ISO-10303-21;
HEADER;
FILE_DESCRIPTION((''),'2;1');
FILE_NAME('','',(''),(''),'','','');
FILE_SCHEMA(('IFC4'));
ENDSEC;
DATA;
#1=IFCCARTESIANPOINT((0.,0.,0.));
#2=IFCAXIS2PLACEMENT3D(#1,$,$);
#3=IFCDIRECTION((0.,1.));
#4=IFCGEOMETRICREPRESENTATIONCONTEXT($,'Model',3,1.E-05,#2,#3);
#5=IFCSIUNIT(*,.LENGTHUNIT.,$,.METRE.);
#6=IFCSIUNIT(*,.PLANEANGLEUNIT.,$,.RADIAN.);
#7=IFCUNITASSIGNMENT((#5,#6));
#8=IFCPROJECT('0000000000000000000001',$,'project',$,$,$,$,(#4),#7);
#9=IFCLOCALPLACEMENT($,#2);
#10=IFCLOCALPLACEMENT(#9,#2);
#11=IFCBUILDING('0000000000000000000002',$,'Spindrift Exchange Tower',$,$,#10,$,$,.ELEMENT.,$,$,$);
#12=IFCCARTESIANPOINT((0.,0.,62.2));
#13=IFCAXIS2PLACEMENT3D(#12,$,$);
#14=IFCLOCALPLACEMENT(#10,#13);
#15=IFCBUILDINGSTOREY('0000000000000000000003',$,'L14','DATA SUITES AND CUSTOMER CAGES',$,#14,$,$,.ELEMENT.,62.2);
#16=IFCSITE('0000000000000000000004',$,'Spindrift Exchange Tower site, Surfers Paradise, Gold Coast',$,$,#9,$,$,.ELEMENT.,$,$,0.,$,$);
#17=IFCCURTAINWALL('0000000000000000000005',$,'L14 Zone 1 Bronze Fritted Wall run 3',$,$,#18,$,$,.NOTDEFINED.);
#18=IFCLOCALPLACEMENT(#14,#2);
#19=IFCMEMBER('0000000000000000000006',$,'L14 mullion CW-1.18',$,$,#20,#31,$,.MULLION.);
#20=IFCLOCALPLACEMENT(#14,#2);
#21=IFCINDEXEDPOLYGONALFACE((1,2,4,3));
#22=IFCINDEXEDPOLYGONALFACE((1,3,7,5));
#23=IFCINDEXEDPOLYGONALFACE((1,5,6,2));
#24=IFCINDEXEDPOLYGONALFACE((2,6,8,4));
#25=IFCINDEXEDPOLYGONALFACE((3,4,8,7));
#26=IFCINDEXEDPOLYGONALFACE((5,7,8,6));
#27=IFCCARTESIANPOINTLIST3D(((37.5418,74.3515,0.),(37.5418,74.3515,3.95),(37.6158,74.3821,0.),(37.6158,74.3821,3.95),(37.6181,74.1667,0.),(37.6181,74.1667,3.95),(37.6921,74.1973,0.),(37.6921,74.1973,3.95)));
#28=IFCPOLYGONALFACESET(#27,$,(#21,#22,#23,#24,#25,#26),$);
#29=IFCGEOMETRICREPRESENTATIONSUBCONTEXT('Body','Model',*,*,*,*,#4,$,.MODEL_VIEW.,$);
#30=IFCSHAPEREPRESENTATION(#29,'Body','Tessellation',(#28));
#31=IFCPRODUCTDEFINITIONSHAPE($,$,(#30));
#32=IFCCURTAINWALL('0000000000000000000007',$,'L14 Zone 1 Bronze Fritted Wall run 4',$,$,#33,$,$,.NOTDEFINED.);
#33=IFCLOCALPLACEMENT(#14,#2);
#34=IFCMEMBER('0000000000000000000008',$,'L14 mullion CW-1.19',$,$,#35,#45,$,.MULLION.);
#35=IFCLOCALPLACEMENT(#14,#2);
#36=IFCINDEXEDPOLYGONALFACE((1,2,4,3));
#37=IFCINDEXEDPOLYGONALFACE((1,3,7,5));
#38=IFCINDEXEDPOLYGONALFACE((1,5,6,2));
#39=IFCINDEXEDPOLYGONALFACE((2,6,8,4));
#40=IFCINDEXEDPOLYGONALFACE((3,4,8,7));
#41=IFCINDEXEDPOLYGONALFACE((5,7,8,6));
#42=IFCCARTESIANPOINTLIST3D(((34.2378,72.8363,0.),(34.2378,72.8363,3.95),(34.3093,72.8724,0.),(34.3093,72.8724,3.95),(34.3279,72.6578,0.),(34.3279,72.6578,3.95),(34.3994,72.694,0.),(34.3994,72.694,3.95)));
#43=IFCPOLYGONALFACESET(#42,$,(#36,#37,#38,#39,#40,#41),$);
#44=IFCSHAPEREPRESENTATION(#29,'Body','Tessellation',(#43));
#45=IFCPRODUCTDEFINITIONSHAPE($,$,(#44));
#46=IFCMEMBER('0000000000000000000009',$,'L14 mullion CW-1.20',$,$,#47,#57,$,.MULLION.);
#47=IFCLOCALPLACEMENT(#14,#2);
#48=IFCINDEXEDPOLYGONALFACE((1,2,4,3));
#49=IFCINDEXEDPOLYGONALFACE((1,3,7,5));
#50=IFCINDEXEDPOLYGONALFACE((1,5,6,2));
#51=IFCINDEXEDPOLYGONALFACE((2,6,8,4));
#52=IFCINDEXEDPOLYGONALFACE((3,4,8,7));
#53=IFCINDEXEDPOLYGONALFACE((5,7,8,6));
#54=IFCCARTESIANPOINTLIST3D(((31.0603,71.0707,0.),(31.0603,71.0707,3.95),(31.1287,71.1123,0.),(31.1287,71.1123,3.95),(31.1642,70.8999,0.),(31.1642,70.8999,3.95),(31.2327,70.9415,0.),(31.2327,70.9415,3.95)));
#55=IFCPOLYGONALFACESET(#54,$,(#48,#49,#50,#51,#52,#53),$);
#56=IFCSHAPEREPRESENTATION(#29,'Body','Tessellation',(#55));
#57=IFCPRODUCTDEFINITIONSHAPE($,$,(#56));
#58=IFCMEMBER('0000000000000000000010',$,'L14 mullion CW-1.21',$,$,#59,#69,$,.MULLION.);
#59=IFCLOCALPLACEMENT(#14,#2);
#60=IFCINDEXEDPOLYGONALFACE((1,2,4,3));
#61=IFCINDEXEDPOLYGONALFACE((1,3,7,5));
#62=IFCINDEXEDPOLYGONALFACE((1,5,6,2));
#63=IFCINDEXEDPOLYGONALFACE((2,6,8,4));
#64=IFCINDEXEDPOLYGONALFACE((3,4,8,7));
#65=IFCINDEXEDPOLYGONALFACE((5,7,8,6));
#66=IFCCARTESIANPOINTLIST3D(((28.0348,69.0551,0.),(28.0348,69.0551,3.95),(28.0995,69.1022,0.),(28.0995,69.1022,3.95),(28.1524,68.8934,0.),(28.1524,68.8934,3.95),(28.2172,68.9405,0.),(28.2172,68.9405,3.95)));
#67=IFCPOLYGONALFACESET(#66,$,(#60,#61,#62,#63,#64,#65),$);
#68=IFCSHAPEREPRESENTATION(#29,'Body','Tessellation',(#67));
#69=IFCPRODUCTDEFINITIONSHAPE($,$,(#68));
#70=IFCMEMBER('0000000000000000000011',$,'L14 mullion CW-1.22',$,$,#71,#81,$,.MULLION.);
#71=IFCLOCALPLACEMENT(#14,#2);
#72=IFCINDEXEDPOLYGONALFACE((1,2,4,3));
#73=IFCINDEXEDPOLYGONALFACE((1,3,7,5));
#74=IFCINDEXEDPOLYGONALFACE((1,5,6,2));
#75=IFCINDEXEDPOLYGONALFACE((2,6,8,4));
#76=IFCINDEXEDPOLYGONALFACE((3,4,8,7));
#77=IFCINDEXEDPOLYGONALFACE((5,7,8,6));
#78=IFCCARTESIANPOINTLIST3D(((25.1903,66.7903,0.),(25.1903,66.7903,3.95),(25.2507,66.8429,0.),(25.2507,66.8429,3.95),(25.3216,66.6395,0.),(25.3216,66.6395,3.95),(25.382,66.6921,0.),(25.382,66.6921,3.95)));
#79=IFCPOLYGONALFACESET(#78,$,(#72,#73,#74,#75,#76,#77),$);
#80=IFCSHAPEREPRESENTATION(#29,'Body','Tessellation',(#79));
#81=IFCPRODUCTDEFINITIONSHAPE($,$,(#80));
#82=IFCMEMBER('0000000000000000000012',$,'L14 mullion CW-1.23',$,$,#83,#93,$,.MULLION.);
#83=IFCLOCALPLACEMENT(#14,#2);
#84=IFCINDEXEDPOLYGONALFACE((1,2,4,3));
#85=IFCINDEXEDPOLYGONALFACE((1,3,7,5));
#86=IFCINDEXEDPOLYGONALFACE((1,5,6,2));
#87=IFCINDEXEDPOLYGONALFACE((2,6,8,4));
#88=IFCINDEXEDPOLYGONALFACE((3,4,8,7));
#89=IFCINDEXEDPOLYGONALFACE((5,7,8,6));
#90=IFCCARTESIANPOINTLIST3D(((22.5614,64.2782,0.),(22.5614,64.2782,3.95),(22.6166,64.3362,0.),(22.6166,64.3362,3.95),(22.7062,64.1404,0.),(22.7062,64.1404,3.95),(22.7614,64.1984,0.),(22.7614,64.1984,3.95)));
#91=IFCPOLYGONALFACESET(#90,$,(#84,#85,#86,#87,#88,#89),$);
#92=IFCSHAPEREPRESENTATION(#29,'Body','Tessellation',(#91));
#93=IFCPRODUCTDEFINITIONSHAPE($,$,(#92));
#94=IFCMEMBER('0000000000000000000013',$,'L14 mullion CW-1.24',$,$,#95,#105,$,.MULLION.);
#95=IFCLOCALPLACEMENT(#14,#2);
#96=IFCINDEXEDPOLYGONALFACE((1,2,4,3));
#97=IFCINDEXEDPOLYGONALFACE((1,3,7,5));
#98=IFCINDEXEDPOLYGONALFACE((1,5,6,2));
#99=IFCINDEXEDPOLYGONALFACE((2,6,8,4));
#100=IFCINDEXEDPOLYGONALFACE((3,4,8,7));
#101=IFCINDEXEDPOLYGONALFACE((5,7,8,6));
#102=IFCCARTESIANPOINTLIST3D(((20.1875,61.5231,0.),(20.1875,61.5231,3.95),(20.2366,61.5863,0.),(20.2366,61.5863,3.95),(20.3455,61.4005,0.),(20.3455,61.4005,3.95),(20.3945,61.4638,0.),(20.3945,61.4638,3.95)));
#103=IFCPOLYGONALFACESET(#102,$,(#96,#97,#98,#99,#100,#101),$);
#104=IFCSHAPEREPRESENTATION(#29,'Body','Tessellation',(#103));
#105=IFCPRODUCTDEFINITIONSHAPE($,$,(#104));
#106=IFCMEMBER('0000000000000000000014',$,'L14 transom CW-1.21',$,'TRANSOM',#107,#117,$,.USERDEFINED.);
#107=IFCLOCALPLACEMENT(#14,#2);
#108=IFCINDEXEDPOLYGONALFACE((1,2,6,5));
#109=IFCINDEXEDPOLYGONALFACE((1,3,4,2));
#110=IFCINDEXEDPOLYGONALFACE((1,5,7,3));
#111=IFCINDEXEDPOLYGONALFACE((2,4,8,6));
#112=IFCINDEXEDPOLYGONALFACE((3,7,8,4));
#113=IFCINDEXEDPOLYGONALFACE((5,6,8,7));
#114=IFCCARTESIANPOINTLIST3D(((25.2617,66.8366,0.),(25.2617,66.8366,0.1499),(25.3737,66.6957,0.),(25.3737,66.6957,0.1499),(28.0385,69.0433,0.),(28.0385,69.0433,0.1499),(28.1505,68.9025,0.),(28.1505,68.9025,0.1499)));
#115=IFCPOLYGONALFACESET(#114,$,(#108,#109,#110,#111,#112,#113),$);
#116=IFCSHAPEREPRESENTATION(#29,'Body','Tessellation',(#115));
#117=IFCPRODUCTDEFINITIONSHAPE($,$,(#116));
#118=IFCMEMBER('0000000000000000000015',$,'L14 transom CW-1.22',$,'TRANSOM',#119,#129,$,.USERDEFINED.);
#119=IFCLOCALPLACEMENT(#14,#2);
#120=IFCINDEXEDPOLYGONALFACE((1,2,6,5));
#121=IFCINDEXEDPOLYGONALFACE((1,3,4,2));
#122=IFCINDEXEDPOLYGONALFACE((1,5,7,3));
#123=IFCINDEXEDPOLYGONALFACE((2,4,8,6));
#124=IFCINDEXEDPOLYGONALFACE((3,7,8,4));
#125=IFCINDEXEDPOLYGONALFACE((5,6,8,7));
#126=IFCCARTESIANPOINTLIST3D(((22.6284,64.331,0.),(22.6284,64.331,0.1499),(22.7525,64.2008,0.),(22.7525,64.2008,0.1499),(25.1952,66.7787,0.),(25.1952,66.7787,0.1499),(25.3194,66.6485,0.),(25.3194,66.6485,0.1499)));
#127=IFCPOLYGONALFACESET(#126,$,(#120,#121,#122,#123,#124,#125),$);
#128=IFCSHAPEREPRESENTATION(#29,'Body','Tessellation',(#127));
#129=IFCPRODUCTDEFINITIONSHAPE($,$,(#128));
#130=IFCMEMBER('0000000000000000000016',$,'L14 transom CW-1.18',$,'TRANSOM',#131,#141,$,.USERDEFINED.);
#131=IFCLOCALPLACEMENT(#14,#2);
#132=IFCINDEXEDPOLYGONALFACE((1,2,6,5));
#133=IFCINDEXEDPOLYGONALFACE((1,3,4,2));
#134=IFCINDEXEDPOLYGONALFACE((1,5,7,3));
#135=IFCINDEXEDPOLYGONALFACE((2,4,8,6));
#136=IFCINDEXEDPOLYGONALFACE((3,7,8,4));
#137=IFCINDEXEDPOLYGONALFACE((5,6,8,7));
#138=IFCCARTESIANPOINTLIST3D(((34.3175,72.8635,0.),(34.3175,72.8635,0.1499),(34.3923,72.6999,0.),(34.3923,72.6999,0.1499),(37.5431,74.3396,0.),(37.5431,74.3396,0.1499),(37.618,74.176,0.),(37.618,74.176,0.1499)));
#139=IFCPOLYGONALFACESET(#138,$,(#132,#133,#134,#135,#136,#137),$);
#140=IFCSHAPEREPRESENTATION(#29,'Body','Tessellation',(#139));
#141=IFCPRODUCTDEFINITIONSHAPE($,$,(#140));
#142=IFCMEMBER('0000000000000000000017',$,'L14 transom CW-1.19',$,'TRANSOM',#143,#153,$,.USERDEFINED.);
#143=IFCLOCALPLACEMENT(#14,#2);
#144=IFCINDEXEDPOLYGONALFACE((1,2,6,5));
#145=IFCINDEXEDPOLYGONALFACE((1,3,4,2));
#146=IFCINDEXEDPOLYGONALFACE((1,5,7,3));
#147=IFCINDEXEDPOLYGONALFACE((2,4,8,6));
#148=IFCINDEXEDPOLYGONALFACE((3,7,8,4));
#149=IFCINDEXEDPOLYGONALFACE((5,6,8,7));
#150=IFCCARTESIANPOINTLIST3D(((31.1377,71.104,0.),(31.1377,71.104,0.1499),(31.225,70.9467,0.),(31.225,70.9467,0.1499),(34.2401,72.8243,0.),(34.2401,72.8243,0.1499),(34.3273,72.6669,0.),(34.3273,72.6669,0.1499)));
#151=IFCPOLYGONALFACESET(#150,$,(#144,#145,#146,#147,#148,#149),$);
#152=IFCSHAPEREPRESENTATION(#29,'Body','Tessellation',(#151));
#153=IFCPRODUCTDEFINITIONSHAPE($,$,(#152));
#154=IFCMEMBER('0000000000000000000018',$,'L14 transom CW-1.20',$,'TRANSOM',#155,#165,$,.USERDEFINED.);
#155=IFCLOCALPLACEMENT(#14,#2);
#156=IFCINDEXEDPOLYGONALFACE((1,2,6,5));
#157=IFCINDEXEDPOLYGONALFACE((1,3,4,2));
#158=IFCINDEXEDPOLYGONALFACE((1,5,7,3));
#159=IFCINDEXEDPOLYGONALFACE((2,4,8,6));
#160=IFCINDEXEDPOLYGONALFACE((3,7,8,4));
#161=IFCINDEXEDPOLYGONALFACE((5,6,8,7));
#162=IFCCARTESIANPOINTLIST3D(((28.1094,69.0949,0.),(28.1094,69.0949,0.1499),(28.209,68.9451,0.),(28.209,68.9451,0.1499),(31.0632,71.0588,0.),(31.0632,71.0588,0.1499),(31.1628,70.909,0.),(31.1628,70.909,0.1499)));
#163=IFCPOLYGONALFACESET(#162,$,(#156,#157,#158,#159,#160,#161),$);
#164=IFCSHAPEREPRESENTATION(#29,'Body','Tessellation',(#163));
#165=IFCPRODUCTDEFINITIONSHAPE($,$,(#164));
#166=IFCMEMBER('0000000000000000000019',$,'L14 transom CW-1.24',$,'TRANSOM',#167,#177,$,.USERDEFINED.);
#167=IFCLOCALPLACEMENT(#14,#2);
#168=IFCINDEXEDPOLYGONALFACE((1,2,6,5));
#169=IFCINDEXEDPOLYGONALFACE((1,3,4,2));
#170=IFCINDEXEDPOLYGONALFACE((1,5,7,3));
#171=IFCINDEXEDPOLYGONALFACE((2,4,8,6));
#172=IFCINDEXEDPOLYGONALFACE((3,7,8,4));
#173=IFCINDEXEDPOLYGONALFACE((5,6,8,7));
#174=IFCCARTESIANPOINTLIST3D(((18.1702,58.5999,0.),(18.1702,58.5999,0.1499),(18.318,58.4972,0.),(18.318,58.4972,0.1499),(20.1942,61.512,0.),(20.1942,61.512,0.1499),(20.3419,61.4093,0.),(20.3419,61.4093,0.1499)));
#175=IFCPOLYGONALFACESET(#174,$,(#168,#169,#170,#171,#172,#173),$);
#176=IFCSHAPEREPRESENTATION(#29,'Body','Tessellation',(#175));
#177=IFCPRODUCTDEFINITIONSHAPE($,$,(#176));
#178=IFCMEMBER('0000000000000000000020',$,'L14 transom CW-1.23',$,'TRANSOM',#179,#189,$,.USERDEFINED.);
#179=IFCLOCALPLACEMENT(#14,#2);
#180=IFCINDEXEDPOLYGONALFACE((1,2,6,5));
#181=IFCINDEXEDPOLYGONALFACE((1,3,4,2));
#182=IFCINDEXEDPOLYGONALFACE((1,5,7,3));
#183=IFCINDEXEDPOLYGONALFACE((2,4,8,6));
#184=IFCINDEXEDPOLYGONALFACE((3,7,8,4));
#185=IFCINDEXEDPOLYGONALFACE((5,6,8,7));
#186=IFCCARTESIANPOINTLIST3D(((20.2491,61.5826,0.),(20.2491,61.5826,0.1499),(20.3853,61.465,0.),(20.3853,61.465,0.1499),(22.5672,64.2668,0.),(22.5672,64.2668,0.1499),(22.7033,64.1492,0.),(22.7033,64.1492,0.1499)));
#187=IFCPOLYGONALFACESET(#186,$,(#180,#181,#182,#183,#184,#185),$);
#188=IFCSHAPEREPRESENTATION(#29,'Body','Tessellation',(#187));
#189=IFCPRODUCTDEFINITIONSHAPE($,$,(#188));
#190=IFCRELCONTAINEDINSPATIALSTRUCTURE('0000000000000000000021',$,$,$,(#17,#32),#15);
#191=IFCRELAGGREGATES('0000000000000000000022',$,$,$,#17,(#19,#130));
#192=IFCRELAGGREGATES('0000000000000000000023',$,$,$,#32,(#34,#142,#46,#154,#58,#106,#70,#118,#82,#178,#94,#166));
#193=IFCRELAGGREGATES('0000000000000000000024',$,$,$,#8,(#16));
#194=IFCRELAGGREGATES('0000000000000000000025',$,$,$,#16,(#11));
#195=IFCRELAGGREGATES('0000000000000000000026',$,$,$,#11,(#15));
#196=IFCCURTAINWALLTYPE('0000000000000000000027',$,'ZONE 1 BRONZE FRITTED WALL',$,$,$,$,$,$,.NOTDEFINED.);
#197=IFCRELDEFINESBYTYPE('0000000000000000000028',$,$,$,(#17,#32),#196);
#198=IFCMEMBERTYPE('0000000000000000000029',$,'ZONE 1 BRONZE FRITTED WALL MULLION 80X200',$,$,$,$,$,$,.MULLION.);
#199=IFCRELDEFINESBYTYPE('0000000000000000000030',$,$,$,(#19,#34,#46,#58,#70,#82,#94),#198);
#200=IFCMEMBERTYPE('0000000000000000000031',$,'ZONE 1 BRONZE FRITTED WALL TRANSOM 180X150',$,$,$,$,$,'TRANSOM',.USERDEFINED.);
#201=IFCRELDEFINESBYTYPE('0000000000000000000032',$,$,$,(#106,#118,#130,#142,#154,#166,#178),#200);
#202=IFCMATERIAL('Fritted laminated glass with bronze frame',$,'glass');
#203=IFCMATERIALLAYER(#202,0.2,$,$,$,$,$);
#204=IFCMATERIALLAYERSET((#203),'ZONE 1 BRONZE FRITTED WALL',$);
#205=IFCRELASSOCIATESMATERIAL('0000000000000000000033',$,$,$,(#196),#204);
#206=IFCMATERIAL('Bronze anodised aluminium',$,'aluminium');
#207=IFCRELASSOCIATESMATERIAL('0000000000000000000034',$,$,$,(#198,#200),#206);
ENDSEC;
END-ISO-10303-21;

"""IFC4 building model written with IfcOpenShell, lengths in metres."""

from ifc_helpers import new_model, si_unit, direction, frame, origin, origin_2d, place, context, subcontext, project, spatial, rectangle, extrude, source, transform, mapped, material, layer, layer_set, material_profile, profile_set, type_object, element, aggregate, save


model = new_model("IFC4")

# Units and contexts
model_context = context("Model", 3, precision=1e-05, world=origin(), true_north=direction((0.0, 1.0)))
body_context = subcontext(model_context, "Body", "Model", "MODEL_VIEW")
ifc_project = project(units=[si_unit("LENGTHUNIT", "METRE"), si_unit("PLANEANGLEUNIT", "RADIAN")], contexts=[model_context])

# Site, building, storey
site_placement = place(None, origin())
site = spatial("IfcSite", under=ifc_project, at=site_placement, Name="Spindrift Exchange Tower site, Surfers Paradise, Gold Coast", CompositionType="ELEMENT", RefElevation=0.0)
building_placement = place(site_placement, origin())
building = spatial("IfcBuilding", under=site, at=building_placement, Name="Spindrift Exchange Tower", CompositionType="ELEMENT")
storey_placement = place(building_placement, frame((0.0, 0.0, 62.2)))
storey = spatial("IfcBuildingStorey", under=building, at=storey_placement, Name="L14", Description="DATA SUITES AND CUSTOMER CAGES", CompositionType="ELEMENT", Elevation=62.2)

# Curtain wall, member
ifc_material_1 = material(Name="Fritted laminated glass with bronze frame", Category="glass")
ifc_layer_1 = layer(ifc_material_1, 0.2)
ifc_layer_set_1 = layer_set([ifc_layer_1], Name="ZONE 1 BRONZE FRITTED WALL")
curtain_wall_type = type_object("IfcCurtainWallType", Name="ZONE 1 BRONZE FRITTED WALL", PredefinedType="NOTDEFINED", material=ifc_layer_set_1)
curtain_wall_1_placement = place(storey_placement, origin())
curtain_wall_1 = element("IfcCurtainWall", 1, at=curtain_wall_1_placement, inside=storey, type_object=curtain_wall_type, Name="L14 Zone 1 Bronze Fritted Wall run 3", PredefinedType="NOTDEFINED")
ifc_material_2 = material(Name="Bronze anodised aluminium", Category="aluminium")
ifc_material_profile_1 = material_profile(ifc_material_2, rectangle(XDim=0.0801, YDim=0.2, at=origin_2d()), Name="ZONE 1 BRONZE FRITTED WALL MULLION 80X200")
ifc_profile_set_1 = profile_set([ifc_material_profile_1], Name="Bronze anodised aluminium")
member_type_1 = type_object("IfcMemberType", Name="ZONE 1 BRONZE FRITTED WALL MULLION 80X200", PredefinedType="MULLION", material=ifc_profile_set_1)
shared_shape_1 = source(origin(), body_context, "Body", "SweptSolid", [
    extrude(rectangle(XDim=0.0801, YDim=0.2, at=origin_2d()), origin(), (0.0, 0.0, 1.0), 3.95),
])
member_1_placement = place(storey_placement, frame((37.6169, 74.2744, 0.0), z_axis=(0.0, 0.0, 1.0), x_axis=(-0.924268, -0.381744, 0.0)))
member_1 = element("IfcMember", 2, at=member_1_placement, type_object=member_type_1, Name="L14 mullion CW-1.18", PredefinedType="MULLION", context=body_context, shape_type="MappedRepresentation", body=[
    mapped(shared_shape_1, transform((0.0, 0.0, 0.0), scale=1.0)),
])

# Curtain wall, members
curtain_wall_2_placement = place(storey_placement, origin())
curtain_wall_2 = element("IfcCurtainWall", 3, at=curtain_wall_2_placement, inside=storey, type_object=curtain_wall_type, Name="L14 Zone 1 Bronze Fritted Wall run 4", PredefinedType="NOTDEFINED")
member_2_placement = place(storey_placement, frame((34.3186, 72.7651, 0.0), z_axis=(0.0, 0.0, 1.0), x_axis=(-0.892593, -0.450863, 0.0)))
member_2 = element("IfcMember", 4, at=member_2_placement, type_object=member_type_1, Name="L14 mullion CW-1.19", PredefinedType="MULLION", context=body_context, shape_type="MappedRepresentation", body=[
    mapped(shared_shape_1, transform((0.0, 0.0, 0.0), scale=1.0)),
])
member_3_placement = place(storey_placement, frame((31.1465, 71.0061, 0.0), z_axis=(0.0, 0.0, 1.0), x_axis=(-0.854331, -0.519729, 0.0)))
member_3 = element("IfcMember", 5, at=member_3_placement, type_object=member_type_1, Name="L14 mullion CW-1.20", PredefinedType="MULLION", context=body_context, shape_type="MappedRepresentation", body=[
    mapped(shared_shape_1, transform((0.0, 0.0, 0.0), scale=1.0)),
])
member_4_placement = place(storey_placement, frame((28.126, 68.9978, 0.0), z_axis=(0.0, 0.0, 1.0), x_axis=(-0.80855, -0.588428, 0.0)))
member_4 = element("IfcMember", 6, at=member_4_placement, type_object=member_type_1, Name="L14 mullion CW-1.21", PredefinedType="MULLION", context=body_context, shape_type="MappedRepresentation", body=[
    mapped(shared_shape_1, transform((0.0, 0.0, 0.0), scale=1.0)),
])
member_5_placement = place(storey_placement, frame((25.2861, 66.7412, 0.0), z_axis=(0.0, 0.0, 1.0), x_axis=(-0.754074, -0.65679, 0.0)))
member_5 = element("IfcMember", 7, at=member_5_placement, type_object=member_type_1, Name="L14 mullion CW-1.22", PredefinedType="MULLION", context=body_context, shape_type="MappedRepresentation", body=[
    mapped(shared_shape_1, transform((0.0, 0.0, 0.0), scale=1.0)),
])
member_6_placement = place(storey_placement, frame((22.6614, 64.2383, 0.0), z_axis=(0.0, 0.0, 1.0), x_axis=(-0.689465, -0.724319, 0.0)))
member_6 = element("IfcMember", 8, at=member_6_placement, type_object=member_type_1, Name="L14 mullion CW-1.23", PredefinedType="MULLION", context=body_context, shape_type="MappedRepresentation", body=[
    mapped(shared_shape_1, transform((0.0, 0.0, 0.0), scale=1.0)),
])
member_7_placement = place(storey_placement, frame((20.291, 61.4934, 0.0), z_axis=(0.0, 0.0, 1.0), x_axis=(-0.613024, -0.790064, 0.0)))
member_7 = element("IfcMember", 9, at=member_7_placement, type_object=member_type_1, Name="L14 mullion CW-1.24", PredefinedType="MULLION", context=body_context, shape_type="MappedRepresentation", body=[
    mapped(shared_shape_1, transform((0.0, 0.0, 0.0), scale=1.0)),
])
ifc_material_profile_2 = material_profile(ifc_material_2, rectangle(XDim=0.1799, YDim=0.1499, at=origin_2d()), Name="ZONE 1 BRONZE FRITTED WALL TRANSOM 180X150")
ifc_profile_set_2 = profile_set([ifc_material_profile_2], Name="Bronze anodised aluminium")
member_type_2 = type_object("IfcMemberType", Name="ZONE 1 BRONZE FRITTED WALL TRANSOM 180X150", ElementType="TRANSOM", PredefinedType="USERDEFINED", material=ifc_profile_set_2)
shared_shape_2 = source(origin(), body_context, "Body", "SweptSolid", [
    extrude(rectangle(XDim=0.1799, YDim=0.1499, at=origin_2d()), origin(), (0.0, 0.0, 1.0), 3.5469),
])
member_8_placement = place(storey_placement, frame((28.0945, 68.9729, 0.075), z_axis=(-0.782886, -0.622165, 0.0), x_axis=(0.622165, -0.782886, 0.0)))
member_8 = element("IfcMember", 10, at=member_8_placement, type_object=member_type_2, Name="L14 transom CW-1.21", ObjectType="TRANSOM", PredefinedType="USERDEFINED", context=body_context, shape_type="MappedRepresentation", body=[
    mapped(shared_shape_2, transform((0.0, 0.0, 0.0), scale=1.0)),
])
member_9_placement = place(storey_placement, frame((25.2573, 66.7136, 0.075), z_axis=(-0.723702, -0.690112, 0.0), x_axis=(0.690112, -0.723702, 0.0)))
member_9 = element("IfcMember", 11, at=member_9_placement, type_object=member_type_2, Name="L14 transom CW-1.22", ObjectType="TRANSOM", PredefinedType="USERDEFINED", context=body_context, shape_type="MappedRepresentation", body=[
    mapped(shared_shape_2, transform((0.0, 0.0, 0.0), scale=1.0)),
])

# Members
shared_shape_3 = source(origin(), body_context, "Body", "SweptSolid", [
    extrude(rectangle(XDim=0.1799, YDim=0.1499, at=origin_2d()), origin(), (0.0, 0.0, 1.0), 3.5474),
])
member_10_placement = place(storey_placement, frame((37.5806, 74.2578, 0.075), z_axis=(-0.909312, -0.416114, 0.0), x_axis=(0.416114, -0.909312, 0.0)))
member_10 = element("IfcMember", 12, at=member_10_placement, type_object=member_type_2, Name="L14 transom CW-1.18", ObjectType="TRANSOM", PredefinedType="USERDEFINED", context=body_context, shape_type="MappedRepresentation", body=[
    mapped(shared_shape_3, transform((0.0, 0.0, 0.0), scale=1.0)),
])
member_11_placement = place(storey_placement, frame((34.2837, 72.7456, 0.075), z_axis=(-0.87455, -0.484936, 0.0), x_axis=(0.484936, -0.87455, 0.0)))
member_11 = element("IfcMember", 13, at=member_11_placement, type_object=member_type_2, Name="L14 transom CW-1.19", ObjectType="TRANSOM", PredefinedType="USERDEFINED", context=body_context, shape_type="MappedRepresentation", body=[
    mapped(shared_shape_3, transform((0.0, 0.0, 0.0), scale=1.0)),
])
shared_shape_4 = source(origin(), body_context, "Body", "SweptSolid", [
    extrude(rectangle(XDim=0.1799, YDim=0.1499, at=origin_2d()), origin(), (0.0, 0.0, 1.0), 3.5471),
])
member_12_placement = place(storey_placement, frame((31.113, 70.9839, 0.075), z_axis=(-0.832749, -0.553651, 0.0), x_axis=(0.553651, -0.832749, 0.0)))
member_12 = element("IfcMember", 14, at=member_12_placement, type_object=member_type_2, Name="L14 transom CW-1.20", ObjectType="TRANSOM", PredefinedType="USERDEFINED", context=body_context, shape_type="MappedRepresentation", body=[
    mapped(shared_shape_4, transform((0.0, 0.0, 0.0), scale=1.0)),
])
shared_shape_5 = source(origin(), body_context, "Body", "SweptSolid", [
    extrude(rectangle(XDim=0.1799, YDim=0.1499, at=origin_2d()), origin(), (0.0, 0.0, 1.0), 3.5464),
])
member_13_placement = place(storey_placement, frame((20.2681, 61.4607, 0.075), z_axis=(-0.570705, -0.821155, 0.0), x_axis=(0.821155, -0.570705, 0.0)))
member_13 = element("IfcMember", 15, at=member_13_placement, type_object=member_type_2, Name="L14 transom CW-1.24", ObjectType="TRANSOM", PredefinedType="USERDEFINED", context=body_context, shape_type="MappedRepresentation", body=[
    mapped(shared_shape_5, transform((0.0, 0.0, 0.0), scale=1.0)),
])
shared_shape_6 = source(origin(), body_context, "Body", "SweptSolid", [
    extrude(rectangle(XDim=0.1799, YDim=0.1499, at=origin_2d()), origin(), (0.0, 0.0, 1.0), 3.5466),
])
member_14_placement = place(storey_placement, frame((22.6353, 64.208, 0.075), z_axis=(-0.653593, -0.756846, 0.0), x_axis=(0.756846, -0.653593, 0.0)))
member_14 = element("IfcMember", 16, at=member_14_placement, type_object=member_type_2, Name="L14 transom CW-1.23", ObjectType="TRANSOM", PredefinedType="USERDEFINED", context=body_context, shape_type="MappedRepresentation", body=[
    mapped(shared_shape_6, transform((0.0, 0.0, 0.0), scale=1.0)),
])

aggregate(curtain_wall_1, [member_1, member_10])
aggregate(curtain_wall_2, [member_2, member_11, member_3, member_12, member_4, member_8, member_5, member_9, member_6, member_14, member_7, member_13])

save(model, "model.ifc")
